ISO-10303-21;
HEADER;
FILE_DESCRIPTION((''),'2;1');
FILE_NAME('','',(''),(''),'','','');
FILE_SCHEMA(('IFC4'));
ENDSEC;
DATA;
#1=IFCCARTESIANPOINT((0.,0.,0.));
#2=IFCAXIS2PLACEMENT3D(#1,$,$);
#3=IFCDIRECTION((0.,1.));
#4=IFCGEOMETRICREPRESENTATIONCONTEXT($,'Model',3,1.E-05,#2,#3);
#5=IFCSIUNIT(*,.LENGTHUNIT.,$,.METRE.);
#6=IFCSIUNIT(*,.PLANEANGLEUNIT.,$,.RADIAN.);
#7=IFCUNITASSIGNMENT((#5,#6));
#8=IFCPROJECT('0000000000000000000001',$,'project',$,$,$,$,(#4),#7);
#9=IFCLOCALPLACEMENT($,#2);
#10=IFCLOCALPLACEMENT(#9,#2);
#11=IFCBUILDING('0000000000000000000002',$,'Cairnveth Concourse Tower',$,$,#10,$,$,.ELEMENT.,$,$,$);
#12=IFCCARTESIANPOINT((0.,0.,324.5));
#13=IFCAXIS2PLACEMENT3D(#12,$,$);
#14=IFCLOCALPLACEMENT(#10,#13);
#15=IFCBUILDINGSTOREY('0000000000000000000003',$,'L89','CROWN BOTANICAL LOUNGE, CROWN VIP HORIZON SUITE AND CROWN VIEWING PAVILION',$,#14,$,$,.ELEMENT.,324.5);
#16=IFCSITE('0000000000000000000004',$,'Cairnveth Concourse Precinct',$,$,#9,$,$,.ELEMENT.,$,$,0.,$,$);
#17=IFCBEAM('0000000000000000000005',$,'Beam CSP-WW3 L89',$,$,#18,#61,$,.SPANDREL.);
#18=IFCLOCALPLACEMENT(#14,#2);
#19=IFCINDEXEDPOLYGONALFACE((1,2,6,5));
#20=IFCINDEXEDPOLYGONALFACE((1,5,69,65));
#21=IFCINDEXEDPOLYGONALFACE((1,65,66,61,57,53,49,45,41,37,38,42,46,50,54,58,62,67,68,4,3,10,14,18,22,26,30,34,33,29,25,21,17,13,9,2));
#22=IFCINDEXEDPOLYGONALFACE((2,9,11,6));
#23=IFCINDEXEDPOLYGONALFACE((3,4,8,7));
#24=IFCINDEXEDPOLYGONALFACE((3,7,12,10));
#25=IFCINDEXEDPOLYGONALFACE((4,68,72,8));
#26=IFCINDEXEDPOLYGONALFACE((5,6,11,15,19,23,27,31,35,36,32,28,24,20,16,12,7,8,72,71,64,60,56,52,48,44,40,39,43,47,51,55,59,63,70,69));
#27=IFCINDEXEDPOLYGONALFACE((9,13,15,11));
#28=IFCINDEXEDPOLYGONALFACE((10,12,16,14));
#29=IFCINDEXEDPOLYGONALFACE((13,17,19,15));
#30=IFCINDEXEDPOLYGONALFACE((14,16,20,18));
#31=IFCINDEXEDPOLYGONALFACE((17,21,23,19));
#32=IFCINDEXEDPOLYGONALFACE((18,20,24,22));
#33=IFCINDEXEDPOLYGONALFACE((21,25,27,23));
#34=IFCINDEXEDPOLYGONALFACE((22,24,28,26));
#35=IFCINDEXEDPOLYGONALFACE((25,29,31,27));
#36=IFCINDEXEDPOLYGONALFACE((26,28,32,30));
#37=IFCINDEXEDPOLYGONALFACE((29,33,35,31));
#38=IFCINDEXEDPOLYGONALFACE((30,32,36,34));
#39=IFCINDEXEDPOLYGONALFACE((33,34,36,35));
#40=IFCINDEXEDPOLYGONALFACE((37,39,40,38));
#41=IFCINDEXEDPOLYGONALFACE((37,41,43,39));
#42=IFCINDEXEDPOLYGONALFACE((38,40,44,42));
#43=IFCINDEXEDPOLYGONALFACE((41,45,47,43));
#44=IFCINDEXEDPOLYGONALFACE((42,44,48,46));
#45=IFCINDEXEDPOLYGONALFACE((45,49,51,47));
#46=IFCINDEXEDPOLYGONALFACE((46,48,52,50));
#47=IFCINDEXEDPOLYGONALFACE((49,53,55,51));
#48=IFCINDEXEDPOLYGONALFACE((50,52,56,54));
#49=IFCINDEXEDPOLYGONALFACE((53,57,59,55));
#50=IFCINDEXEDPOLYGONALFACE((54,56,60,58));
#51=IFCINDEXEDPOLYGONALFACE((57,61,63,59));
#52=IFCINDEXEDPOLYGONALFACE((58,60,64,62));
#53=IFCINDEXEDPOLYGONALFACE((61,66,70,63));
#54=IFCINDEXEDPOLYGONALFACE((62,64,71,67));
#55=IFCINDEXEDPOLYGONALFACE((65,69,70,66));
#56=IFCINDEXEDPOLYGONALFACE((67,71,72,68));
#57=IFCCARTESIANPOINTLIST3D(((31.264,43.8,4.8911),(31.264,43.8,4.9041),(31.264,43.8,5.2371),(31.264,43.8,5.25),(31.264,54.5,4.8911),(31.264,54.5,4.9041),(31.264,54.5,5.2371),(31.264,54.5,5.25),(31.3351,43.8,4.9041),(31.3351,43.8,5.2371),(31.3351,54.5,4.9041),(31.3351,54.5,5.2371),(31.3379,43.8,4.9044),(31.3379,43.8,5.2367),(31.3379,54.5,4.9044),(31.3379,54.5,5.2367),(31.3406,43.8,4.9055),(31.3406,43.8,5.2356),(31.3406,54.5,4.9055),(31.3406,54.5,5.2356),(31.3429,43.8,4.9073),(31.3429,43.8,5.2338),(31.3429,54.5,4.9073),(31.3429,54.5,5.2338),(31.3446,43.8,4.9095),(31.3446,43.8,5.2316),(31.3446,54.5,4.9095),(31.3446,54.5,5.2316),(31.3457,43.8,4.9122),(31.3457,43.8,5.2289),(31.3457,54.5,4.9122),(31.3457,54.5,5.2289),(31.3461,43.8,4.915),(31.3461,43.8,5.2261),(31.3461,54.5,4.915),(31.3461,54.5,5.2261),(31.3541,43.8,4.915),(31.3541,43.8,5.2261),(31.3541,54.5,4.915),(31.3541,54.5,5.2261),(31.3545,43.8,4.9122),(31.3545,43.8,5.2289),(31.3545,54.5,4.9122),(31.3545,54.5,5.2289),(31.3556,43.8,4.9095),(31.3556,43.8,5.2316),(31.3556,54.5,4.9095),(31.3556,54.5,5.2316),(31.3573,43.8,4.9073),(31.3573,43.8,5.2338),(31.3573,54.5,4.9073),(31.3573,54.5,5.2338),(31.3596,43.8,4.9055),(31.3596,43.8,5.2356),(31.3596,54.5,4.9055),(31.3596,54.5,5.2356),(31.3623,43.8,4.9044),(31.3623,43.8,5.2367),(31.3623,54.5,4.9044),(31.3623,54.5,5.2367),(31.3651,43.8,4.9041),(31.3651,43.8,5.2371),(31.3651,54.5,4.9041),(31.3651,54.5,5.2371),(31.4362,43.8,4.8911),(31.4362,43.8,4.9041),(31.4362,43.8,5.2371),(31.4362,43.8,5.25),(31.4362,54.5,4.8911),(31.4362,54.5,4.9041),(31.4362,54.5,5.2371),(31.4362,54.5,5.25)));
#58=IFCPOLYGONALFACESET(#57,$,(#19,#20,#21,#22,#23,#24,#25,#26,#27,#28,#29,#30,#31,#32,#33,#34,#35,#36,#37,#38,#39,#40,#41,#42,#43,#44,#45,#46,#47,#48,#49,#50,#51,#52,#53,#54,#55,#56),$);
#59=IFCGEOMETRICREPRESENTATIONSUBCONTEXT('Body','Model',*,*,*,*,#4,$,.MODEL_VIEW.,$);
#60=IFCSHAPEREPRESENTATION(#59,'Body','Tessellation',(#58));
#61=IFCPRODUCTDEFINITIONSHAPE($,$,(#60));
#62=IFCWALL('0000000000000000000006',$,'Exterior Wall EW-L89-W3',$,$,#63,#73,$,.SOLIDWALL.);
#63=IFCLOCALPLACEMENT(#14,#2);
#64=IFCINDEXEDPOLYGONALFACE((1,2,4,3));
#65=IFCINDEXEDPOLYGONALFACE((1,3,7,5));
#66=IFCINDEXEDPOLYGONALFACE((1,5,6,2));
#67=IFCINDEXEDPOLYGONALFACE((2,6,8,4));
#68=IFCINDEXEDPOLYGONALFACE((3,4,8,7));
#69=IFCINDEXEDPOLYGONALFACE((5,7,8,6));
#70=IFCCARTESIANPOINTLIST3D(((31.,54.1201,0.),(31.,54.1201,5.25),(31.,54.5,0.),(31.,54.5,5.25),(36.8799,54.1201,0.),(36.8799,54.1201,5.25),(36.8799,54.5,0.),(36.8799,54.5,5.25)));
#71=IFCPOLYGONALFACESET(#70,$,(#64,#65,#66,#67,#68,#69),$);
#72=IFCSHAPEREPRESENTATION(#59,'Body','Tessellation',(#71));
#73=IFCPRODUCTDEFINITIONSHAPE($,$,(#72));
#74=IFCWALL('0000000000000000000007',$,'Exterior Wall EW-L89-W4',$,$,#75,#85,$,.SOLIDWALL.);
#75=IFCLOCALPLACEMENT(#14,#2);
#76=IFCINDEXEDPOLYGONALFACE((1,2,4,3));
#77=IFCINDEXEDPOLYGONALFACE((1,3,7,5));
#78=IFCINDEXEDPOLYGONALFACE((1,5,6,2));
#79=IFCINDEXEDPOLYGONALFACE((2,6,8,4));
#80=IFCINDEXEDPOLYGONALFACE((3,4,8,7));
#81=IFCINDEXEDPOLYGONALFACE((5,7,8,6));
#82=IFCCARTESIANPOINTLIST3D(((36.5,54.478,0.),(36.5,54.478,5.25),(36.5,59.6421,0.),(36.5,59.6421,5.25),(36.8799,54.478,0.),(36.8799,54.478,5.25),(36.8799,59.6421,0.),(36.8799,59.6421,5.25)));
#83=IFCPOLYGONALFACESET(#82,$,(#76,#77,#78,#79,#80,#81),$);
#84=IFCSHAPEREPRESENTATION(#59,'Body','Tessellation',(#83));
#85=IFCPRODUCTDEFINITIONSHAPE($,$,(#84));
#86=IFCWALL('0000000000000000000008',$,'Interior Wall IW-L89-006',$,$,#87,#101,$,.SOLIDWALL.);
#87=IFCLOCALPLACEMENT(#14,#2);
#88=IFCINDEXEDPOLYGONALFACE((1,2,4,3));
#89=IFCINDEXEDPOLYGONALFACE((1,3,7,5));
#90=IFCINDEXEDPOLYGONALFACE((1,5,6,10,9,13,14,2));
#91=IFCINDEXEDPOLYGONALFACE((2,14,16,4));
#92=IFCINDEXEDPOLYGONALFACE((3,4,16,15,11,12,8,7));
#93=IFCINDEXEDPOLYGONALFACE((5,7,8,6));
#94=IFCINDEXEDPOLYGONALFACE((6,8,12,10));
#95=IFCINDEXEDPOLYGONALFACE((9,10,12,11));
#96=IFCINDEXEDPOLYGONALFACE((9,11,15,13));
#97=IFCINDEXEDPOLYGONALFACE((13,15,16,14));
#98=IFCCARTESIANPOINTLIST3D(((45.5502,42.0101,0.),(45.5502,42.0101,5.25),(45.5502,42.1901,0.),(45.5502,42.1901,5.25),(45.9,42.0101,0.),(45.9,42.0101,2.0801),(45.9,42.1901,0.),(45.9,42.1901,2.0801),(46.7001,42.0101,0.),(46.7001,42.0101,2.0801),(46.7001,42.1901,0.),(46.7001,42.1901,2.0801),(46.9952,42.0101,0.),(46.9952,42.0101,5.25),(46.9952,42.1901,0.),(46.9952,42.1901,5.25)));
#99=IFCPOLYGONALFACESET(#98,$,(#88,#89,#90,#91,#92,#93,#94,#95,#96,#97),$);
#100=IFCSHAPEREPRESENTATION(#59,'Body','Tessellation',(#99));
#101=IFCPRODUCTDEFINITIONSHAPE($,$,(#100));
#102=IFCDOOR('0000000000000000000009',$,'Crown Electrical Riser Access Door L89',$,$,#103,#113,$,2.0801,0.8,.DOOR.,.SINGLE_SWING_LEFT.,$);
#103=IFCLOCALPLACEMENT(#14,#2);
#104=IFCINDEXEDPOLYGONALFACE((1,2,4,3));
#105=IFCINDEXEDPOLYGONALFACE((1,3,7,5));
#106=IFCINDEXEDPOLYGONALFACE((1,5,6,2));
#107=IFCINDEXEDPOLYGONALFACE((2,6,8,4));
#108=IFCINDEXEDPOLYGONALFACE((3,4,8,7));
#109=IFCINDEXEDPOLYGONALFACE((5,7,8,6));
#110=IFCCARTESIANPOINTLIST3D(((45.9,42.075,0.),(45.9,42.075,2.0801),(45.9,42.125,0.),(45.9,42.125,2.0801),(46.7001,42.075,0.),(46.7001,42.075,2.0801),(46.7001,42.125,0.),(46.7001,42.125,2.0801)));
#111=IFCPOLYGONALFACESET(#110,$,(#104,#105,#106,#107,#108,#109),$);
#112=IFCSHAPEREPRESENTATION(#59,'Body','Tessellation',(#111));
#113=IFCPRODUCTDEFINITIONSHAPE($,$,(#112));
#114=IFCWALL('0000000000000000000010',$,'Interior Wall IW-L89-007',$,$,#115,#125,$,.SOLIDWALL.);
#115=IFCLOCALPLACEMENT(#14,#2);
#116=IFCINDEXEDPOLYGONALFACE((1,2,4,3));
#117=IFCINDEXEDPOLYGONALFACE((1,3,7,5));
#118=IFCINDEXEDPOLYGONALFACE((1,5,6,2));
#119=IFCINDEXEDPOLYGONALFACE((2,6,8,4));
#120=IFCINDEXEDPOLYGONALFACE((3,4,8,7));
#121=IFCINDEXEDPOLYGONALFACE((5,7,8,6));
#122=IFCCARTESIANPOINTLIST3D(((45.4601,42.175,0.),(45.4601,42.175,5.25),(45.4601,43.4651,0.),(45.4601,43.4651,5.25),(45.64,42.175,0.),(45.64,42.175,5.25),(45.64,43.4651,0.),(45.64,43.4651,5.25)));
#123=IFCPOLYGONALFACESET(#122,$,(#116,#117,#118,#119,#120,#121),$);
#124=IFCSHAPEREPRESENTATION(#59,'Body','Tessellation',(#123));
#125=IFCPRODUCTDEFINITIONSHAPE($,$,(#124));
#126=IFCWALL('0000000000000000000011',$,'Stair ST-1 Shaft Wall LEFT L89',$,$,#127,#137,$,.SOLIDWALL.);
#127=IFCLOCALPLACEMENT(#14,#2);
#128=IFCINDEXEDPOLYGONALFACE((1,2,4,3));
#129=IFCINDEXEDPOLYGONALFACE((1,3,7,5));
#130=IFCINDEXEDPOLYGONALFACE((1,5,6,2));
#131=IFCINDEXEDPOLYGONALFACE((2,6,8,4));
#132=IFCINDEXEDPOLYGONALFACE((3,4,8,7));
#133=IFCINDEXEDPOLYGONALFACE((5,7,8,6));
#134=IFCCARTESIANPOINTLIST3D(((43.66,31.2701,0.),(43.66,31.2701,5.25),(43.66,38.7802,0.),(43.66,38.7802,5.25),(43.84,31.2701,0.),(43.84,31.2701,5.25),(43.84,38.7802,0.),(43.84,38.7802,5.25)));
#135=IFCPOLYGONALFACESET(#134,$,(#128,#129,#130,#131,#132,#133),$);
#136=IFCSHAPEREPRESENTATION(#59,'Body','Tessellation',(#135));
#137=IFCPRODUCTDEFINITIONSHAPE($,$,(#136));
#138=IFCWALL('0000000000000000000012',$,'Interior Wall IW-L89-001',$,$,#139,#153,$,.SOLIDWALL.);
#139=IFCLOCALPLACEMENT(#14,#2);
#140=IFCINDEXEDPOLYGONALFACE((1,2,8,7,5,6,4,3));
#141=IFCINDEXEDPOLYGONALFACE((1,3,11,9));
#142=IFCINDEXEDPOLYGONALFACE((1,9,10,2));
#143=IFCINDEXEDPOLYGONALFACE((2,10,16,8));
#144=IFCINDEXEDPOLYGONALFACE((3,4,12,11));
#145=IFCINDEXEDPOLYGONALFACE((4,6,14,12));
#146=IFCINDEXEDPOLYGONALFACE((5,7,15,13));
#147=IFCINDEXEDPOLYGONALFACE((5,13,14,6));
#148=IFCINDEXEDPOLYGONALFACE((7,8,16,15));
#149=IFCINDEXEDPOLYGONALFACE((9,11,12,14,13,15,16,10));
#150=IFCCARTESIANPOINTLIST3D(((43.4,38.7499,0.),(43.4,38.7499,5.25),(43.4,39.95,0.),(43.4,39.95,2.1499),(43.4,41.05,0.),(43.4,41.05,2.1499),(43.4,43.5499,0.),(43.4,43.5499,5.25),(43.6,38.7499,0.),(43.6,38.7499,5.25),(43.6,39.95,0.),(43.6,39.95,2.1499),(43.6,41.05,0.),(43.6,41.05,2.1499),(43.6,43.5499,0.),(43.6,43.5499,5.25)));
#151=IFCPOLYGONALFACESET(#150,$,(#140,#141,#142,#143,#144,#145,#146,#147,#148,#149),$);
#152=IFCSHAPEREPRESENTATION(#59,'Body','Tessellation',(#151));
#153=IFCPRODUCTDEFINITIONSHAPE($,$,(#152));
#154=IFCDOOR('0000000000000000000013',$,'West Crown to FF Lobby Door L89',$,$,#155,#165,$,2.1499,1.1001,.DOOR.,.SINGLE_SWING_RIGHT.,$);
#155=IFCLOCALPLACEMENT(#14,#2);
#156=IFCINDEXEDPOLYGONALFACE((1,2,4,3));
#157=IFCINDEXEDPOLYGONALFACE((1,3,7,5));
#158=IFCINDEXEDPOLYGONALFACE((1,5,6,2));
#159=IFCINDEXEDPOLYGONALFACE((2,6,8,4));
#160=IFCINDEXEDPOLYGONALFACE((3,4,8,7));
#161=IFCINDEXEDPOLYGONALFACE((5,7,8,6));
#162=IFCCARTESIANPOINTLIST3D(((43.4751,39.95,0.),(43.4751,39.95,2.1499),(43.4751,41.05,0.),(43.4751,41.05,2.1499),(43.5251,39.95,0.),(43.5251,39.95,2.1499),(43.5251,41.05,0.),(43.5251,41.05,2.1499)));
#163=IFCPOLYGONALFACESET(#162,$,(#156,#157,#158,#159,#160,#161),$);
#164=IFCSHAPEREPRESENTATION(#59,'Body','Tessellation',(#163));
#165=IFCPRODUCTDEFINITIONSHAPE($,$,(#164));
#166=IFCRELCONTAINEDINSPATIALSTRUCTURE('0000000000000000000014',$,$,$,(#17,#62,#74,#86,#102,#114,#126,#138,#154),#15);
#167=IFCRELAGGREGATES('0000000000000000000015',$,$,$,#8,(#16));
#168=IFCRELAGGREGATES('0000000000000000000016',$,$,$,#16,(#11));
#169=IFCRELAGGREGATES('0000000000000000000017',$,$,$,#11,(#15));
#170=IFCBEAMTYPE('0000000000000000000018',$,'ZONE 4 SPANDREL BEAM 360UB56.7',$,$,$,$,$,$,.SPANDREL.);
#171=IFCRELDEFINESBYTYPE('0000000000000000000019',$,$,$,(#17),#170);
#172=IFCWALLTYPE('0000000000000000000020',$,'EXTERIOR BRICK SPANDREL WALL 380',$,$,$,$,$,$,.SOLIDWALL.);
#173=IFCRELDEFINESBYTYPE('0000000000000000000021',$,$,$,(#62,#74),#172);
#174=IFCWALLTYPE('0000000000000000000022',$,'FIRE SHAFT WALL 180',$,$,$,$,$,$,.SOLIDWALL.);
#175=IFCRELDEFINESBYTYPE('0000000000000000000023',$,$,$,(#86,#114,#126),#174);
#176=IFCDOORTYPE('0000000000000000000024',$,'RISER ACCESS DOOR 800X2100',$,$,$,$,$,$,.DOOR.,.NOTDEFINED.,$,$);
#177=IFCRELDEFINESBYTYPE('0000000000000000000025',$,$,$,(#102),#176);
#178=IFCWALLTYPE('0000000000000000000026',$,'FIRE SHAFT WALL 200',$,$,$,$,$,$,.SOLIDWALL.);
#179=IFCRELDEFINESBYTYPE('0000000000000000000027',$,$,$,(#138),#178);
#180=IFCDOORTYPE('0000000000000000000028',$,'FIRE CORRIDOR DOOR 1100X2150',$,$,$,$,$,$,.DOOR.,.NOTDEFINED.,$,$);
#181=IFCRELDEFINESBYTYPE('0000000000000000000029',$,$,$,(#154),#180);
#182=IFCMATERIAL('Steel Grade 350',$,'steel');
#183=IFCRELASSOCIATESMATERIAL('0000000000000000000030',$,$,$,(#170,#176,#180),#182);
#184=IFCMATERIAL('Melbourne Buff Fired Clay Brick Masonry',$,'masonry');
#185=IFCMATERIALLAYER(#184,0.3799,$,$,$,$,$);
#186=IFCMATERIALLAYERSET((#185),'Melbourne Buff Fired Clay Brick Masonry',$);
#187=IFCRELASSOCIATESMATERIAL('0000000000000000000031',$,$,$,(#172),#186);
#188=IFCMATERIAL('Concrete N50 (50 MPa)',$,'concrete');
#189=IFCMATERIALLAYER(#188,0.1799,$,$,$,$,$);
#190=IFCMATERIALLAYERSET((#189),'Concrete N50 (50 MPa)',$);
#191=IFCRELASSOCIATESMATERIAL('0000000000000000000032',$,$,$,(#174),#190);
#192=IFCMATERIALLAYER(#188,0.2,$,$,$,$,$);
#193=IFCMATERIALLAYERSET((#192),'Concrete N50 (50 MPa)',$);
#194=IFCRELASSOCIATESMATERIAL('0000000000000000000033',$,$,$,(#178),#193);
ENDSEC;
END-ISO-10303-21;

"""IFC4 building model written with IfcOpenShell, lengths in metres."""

from ifc_helpers import new_model, si_unit, direction, frame, frame_2d, origin, origin_2d, place, context, subcontext, project, spatial, rectangle, i_section, extrude, material, layer, layer_set, material_profile, profile_set, type_object, element, fill, save


model = new_model("IFC4")

# Units and contexts
model_context = context("Model", 3, precision=1e-05, world=origin(), true_north=direction((0.0, 1.0)))
body_context = subcontext(model_context, "Body", "Model", "MODEL_VIEW")
ifc_project = project(units=[si_unit("LENGTHUNIT", "METRE"), si_unit("PLANEANGLEUNIT", "RADIAN")], contexts=[model_context])

# Site, building, storey
site_placement = place(None, origin())
site = spatial("IfcSite", under=ifc_project, at=site_placement, Name="Cairnveth Concourse Precinct", CompositionType="ELEMENT", RefElevation=0.0)
building_placement = place(site_placement, origin())
building = spatial("IfcBuilding", under=site, at=building_placement, Name="Cairnveth Concourse Tower", CompositionType="ELEMENT")
storey_placement = place(building_placement, frame((0.0, 0.0, 324.5)))
storey = spatial("IfcBuildingStorey", under=building, at=storey_placement, Name="L89", Description="CROWN BOTANICAL LOUNGE, CROWN VIP HORIZON SUITE AND CROWN VIEWING PAVILION", CompositionType="ELEMENT", Elevation=324.5)

# Shared definitions
ifc_material_1 = material(Name="Steel Grade 350", Category="steel")

# Beam
ifc_material_profile_1 = material_profile(ifc_material_1, i_section(OverallWidth=0.1721, OverallDepth=0.3589, WebThickness=0.0081, FlangeThickness=0.0129, FilletRadius=0.011, at=origin_2d()), Name="360UB56.7")
ifc_profile_set_1 = profile_set([ifc_material_profile_1], Name="Steel Grade 350")
beam_type_1 = type_object("IfcBeamType", Name="ZONE 4 SPANDREL BEAM 360UB56.7", PredefinedType="SPANDREL", material=ifc_profile_set_1)
beam_1_placement = place(storey_placement, frame((31.3501, 43.8, 5.0706), z_axis=(0.0, 1.0, 0.0), x_axis=(-1.0, 0.0, 0.0)))
element("IfcBeam", 1, at=beam_1_placement, inside=storey, type_object=beam_type_1, Name="Beam CSP-WW3 L89", PredefinedType="SPANDREL", context=body_context, shape_type="SweptSolid", body=[
    extrude(i_section(OverallWidth=0.1721, OverallDepth=0.3589, WebThickness=0.0081, FlangeThickness=0.0129, FilletRadius=0.011, at=origin_2d()), origin(), (0.0, 0.0, 1.0), 10.7),
])

# Walls
ifc_material_2 = material(Name="Melbourne Buff Fired Clay Brick Masonry", Category="masonry")
ifc_layer_1 = layer(ifc_material_2, 0.3799)
ifc_layer_set_1 = layer_set([ifc_layer_1], Name="Melbourne Buff Fired Clay Brick Masonry")
wall_type_1 = type_object("IfcWallType", Name="EXTERIOR BRICK SPANDREL WALL 380", PredefinedType="SOLIDWALL", material=ifc_layer_set_1)
wall_1_placement = place(storey_placement, frame((31.0, 54.3101, 0.0), z_axis=(0.0, 0.0, 1.0), x_axis=(1.0, 0.0, 0.0)))
element("IfcWall", 2, at=wall_1_placement, inside=storey, type_object=wall_type_1, Name="Exterior Wall EW-L89-W3", PredefinedType="SOLIDWALL", context=body_context, shape_type="SweptSolid", body=[
    extrude(rectangle(XDim=5.8799, YDim=0.3799, at=frame_2d((2.9399, 0.0))), origin(), (0.0, 0.0, 1.0), 5.25),
])
wall_2_placement = place(storey_placement, frame((36.6899, 54.478, 0.0), z_axis=(0.0, 0.0, 1.0), x_axis=(0.0, 1.0, 0.0)))
element("IfcWall", 3, at=wall_2_placement, inside=storey, type_object=wall_type_1, Name="Exterior Wall EW-L89-W4", PredefinedType="SOLIDWALL", context=body_context, shape_type="SweptSolid", body=[
    extrude(rectangle(XDim=5.1641, YDim=0.3799, at=frame_2d((2.582, 0.0))), origin(), (0.0, 0.0, 1.0), 5.25),
])

# Wall, opening, door
ifc_material_3 = material(Name="Concrete N50 (50 MPa)", Category="concrete")
ifc_layer_2 = layer(ifc_material_3, 0.1799)
ifc_layer_set_2 = layer_set([ifc_layer_2], Name="Concrete N50 (50 MPa)")
wall_type_2 = type_object("IfcWallType", Name="FIRE SHAFT WALL 180", PredefinedType="SOLIDWALL", material=ifc_layer_set_2)
wall_3_placement = place(storey_placement, frame((45.55, 42.1001, 0.0), z_axis=(0.0, 0.0, 1.0), x_axis=(1.0, 0.0, 0.0)))
wall_3 = element("IfcWall", 4, at=wall_3_placement, inside=storey, type_object=wall_type_2, Name="Interior Wall IW-L89-006", PredefinedType="SOLIDWALL", context=body_context, shape_type="SweptSolid", body=[
    extrude(rectangle(XDim=1.4451, YDim=0.1799, at=frame_2d((0.7227, 0.0))), origin(), (0.0, 0.0, 1.0), 5.25),
])
opening_1_placement = place(wall_3_placement, frame((0.3501, 0.0, 0.0)))
opening_1 = element("IfcOpeningElement", 5, at=opening_1_placement, cuts=wall_3, PredefinedType="OPENING", context=body_context, shape_type="SweptSolid", body=[
    extrude(rectangle(XDim=0.8, YDim=2.0801, at=frame_2d((0.3999, 1.04))), frame((0.0, 0.0999, 0.0), z_axis=(0.0, -1.0, 0.0), x_axis=(1.0, 0.0, 0.0)), (0.0, 0.0, 1.0), 0.2),
])
door_type_1 = type_object("IfcDoorType", Name="RISER ACCESS DOOR 800X2100", OperationType="NOTDEFINED", PredefinedType="DOOR", material=ifc_material_1)
door_1_placement = place(opening_1_placement, origin())
door_1 = element("IfcDoor", 6, at=door_1_placement, inside=storey, type_object=door_type_1, Name="Crown Electrical Riser Access Door L89", OperationType="SINGLE_SWING_LEFT", OverallHeight=2.0801, OverallWidth=0.8, PredefinedType="DOOR", context=body_context, shape_type="SweptSolid", body=[
    extrude(rectangle(XDim=0.8, YDim=2.0801, at=frame_2d((0.3999, 1.04))), frame((0.0, 0.0249, 0.0), z_axis=(0.0, -1.0, 0.0), x_axis=(1.0, 0.0, 0.0)), (0.0, 0.0, 1.0), 0.05),
])
fill(opening_1, door_1)

# Wall
wall_4_placement = place(storey_placement, frame((45.55, 42.175, 0.0), z_axis=(0.0, 0.0, 1.0), x_axis=(0.0, 1.0, 0.0)))
element("IfcWall", 7, at=wall_4_placement, inside=storey, type_object=wall_type_2, Name="Interior Wall IW-L89-007", PredefinedType="SOLIDWALL", context=body_context, shape_type="SweptSolid", body=[
    extrude(rectangle(XDim=1.29, YDim=0.1799, at=frame_2d((0.645, 0.0))), origin(), (0.0, 0.0, 1.0), 5.25),
])

# Wall
wall_5_placement = place(storey_placement, frame((43.75, 38.78, 0.0), z_axis=(0.0, 0.0, 1.0), x_axis=(0.0, -1.0, 0.0)))
element("IfcWall", 8, at=wall_5_placement, inside=storey, type_object=wall_type_2, Name="Stair ST-1 Shaft Wall LEFT L89", PredefinedType="SOLIDWALL", context=body_context, shape_type="SweptSolid", body=[
    extrude(rectangle(XDim=7.51, YDim=0.1799, at=frame_2d((3.7549, 0.0))), origin(), (0.0, 0.0, 1.0), 5.25),
])

# Wall, opening, door
ifc_layer_3 = layer(ifc_material_3, 0.2)
ifc_layer_set_3 = layer_set([ifc_layer_3], Name="Concrete N50 (50 MPa)")
wall_type_3 = type_object("IfcWallType", Name="FIRE SHAFT WALL 200", PredefinedType="SOLIDWALL", material=ifc_layer_set_3)
wall_6_placement = place(storey_placement, frame((43.5, 38.75, 0.0), z_axis=(0.0, 0.0, 1.0), x_axis=(0.0, 1.0, 0.0)))
wall_6 = element("IfcWall", 9, at=wall_6_placement, inside=storey, type_object=wall_type_3, Name="Interior Wall IW-L89-001", PredefinedType="SOLIDWALL", context=body_context, shape_type="SweptSolid", body=[
    extrude(rectangle(XDim=4.8, YDim=0.2, at=frame_2d((2.3999, 0.0))), origin(), (0.0, 0.0, 1.0), 5.25),
])
opening_2_placement = place(wall_6_placement, frame((1.2, 0.0, 0.0)))
opening_2 = element("IfcOpeningElement", 10, at=opening_2_placement, cuts=wall_6, PredefinedType="OPENING", context=body_context, shape_type="SweptSolid", body=[
    extrude(rectangle(XDim=1.1001, YDim=2.1499, at=frame_2d((0.55, 1.075))), frame((0.0, 0.1099, 0.0), z_axis=(0.0, -1.0, 0.0), x_axis=(1.0, 0.0, 0.0)), (0.0, 0.0, 1.0), 0.22),
])
door_type_2 = type_object("IfcDoorType", Name="FIRE CORRIDOR DOOR 1100X2150", OperationType="NOTDEFINED", PredefinedType="DOOR", material=ifc_material_1)
door_2_placement = place(opening_2_placement, origin())
door_2 = element("IfcDoor", 11, at=door_2_placement, inside=storey, type_object=door_type_2, Name="West Crown to FF Lobby Door L89", OperationType="SINGLE_SWING_RIGHT", OverallHeight=2.1499, OverallWidth=1.1001, PredefinedType="DOOR", context=body_context, shape_type="SweptSolid", body=[
    extrude(rectangle(XDim=1.1001, YDim=2.1499, at=frame_2d((0.55, 1.075))), frame((0.0, 0.0249, 0.0), z_axis=(0.0, -1.0, 0.0), x_axis=(1.0, 0.0, 0.0)), (0.0, 0.0, 1.0), 0.05),
])
fill(opening_2, door_2)

save(model, "model.ifc")
